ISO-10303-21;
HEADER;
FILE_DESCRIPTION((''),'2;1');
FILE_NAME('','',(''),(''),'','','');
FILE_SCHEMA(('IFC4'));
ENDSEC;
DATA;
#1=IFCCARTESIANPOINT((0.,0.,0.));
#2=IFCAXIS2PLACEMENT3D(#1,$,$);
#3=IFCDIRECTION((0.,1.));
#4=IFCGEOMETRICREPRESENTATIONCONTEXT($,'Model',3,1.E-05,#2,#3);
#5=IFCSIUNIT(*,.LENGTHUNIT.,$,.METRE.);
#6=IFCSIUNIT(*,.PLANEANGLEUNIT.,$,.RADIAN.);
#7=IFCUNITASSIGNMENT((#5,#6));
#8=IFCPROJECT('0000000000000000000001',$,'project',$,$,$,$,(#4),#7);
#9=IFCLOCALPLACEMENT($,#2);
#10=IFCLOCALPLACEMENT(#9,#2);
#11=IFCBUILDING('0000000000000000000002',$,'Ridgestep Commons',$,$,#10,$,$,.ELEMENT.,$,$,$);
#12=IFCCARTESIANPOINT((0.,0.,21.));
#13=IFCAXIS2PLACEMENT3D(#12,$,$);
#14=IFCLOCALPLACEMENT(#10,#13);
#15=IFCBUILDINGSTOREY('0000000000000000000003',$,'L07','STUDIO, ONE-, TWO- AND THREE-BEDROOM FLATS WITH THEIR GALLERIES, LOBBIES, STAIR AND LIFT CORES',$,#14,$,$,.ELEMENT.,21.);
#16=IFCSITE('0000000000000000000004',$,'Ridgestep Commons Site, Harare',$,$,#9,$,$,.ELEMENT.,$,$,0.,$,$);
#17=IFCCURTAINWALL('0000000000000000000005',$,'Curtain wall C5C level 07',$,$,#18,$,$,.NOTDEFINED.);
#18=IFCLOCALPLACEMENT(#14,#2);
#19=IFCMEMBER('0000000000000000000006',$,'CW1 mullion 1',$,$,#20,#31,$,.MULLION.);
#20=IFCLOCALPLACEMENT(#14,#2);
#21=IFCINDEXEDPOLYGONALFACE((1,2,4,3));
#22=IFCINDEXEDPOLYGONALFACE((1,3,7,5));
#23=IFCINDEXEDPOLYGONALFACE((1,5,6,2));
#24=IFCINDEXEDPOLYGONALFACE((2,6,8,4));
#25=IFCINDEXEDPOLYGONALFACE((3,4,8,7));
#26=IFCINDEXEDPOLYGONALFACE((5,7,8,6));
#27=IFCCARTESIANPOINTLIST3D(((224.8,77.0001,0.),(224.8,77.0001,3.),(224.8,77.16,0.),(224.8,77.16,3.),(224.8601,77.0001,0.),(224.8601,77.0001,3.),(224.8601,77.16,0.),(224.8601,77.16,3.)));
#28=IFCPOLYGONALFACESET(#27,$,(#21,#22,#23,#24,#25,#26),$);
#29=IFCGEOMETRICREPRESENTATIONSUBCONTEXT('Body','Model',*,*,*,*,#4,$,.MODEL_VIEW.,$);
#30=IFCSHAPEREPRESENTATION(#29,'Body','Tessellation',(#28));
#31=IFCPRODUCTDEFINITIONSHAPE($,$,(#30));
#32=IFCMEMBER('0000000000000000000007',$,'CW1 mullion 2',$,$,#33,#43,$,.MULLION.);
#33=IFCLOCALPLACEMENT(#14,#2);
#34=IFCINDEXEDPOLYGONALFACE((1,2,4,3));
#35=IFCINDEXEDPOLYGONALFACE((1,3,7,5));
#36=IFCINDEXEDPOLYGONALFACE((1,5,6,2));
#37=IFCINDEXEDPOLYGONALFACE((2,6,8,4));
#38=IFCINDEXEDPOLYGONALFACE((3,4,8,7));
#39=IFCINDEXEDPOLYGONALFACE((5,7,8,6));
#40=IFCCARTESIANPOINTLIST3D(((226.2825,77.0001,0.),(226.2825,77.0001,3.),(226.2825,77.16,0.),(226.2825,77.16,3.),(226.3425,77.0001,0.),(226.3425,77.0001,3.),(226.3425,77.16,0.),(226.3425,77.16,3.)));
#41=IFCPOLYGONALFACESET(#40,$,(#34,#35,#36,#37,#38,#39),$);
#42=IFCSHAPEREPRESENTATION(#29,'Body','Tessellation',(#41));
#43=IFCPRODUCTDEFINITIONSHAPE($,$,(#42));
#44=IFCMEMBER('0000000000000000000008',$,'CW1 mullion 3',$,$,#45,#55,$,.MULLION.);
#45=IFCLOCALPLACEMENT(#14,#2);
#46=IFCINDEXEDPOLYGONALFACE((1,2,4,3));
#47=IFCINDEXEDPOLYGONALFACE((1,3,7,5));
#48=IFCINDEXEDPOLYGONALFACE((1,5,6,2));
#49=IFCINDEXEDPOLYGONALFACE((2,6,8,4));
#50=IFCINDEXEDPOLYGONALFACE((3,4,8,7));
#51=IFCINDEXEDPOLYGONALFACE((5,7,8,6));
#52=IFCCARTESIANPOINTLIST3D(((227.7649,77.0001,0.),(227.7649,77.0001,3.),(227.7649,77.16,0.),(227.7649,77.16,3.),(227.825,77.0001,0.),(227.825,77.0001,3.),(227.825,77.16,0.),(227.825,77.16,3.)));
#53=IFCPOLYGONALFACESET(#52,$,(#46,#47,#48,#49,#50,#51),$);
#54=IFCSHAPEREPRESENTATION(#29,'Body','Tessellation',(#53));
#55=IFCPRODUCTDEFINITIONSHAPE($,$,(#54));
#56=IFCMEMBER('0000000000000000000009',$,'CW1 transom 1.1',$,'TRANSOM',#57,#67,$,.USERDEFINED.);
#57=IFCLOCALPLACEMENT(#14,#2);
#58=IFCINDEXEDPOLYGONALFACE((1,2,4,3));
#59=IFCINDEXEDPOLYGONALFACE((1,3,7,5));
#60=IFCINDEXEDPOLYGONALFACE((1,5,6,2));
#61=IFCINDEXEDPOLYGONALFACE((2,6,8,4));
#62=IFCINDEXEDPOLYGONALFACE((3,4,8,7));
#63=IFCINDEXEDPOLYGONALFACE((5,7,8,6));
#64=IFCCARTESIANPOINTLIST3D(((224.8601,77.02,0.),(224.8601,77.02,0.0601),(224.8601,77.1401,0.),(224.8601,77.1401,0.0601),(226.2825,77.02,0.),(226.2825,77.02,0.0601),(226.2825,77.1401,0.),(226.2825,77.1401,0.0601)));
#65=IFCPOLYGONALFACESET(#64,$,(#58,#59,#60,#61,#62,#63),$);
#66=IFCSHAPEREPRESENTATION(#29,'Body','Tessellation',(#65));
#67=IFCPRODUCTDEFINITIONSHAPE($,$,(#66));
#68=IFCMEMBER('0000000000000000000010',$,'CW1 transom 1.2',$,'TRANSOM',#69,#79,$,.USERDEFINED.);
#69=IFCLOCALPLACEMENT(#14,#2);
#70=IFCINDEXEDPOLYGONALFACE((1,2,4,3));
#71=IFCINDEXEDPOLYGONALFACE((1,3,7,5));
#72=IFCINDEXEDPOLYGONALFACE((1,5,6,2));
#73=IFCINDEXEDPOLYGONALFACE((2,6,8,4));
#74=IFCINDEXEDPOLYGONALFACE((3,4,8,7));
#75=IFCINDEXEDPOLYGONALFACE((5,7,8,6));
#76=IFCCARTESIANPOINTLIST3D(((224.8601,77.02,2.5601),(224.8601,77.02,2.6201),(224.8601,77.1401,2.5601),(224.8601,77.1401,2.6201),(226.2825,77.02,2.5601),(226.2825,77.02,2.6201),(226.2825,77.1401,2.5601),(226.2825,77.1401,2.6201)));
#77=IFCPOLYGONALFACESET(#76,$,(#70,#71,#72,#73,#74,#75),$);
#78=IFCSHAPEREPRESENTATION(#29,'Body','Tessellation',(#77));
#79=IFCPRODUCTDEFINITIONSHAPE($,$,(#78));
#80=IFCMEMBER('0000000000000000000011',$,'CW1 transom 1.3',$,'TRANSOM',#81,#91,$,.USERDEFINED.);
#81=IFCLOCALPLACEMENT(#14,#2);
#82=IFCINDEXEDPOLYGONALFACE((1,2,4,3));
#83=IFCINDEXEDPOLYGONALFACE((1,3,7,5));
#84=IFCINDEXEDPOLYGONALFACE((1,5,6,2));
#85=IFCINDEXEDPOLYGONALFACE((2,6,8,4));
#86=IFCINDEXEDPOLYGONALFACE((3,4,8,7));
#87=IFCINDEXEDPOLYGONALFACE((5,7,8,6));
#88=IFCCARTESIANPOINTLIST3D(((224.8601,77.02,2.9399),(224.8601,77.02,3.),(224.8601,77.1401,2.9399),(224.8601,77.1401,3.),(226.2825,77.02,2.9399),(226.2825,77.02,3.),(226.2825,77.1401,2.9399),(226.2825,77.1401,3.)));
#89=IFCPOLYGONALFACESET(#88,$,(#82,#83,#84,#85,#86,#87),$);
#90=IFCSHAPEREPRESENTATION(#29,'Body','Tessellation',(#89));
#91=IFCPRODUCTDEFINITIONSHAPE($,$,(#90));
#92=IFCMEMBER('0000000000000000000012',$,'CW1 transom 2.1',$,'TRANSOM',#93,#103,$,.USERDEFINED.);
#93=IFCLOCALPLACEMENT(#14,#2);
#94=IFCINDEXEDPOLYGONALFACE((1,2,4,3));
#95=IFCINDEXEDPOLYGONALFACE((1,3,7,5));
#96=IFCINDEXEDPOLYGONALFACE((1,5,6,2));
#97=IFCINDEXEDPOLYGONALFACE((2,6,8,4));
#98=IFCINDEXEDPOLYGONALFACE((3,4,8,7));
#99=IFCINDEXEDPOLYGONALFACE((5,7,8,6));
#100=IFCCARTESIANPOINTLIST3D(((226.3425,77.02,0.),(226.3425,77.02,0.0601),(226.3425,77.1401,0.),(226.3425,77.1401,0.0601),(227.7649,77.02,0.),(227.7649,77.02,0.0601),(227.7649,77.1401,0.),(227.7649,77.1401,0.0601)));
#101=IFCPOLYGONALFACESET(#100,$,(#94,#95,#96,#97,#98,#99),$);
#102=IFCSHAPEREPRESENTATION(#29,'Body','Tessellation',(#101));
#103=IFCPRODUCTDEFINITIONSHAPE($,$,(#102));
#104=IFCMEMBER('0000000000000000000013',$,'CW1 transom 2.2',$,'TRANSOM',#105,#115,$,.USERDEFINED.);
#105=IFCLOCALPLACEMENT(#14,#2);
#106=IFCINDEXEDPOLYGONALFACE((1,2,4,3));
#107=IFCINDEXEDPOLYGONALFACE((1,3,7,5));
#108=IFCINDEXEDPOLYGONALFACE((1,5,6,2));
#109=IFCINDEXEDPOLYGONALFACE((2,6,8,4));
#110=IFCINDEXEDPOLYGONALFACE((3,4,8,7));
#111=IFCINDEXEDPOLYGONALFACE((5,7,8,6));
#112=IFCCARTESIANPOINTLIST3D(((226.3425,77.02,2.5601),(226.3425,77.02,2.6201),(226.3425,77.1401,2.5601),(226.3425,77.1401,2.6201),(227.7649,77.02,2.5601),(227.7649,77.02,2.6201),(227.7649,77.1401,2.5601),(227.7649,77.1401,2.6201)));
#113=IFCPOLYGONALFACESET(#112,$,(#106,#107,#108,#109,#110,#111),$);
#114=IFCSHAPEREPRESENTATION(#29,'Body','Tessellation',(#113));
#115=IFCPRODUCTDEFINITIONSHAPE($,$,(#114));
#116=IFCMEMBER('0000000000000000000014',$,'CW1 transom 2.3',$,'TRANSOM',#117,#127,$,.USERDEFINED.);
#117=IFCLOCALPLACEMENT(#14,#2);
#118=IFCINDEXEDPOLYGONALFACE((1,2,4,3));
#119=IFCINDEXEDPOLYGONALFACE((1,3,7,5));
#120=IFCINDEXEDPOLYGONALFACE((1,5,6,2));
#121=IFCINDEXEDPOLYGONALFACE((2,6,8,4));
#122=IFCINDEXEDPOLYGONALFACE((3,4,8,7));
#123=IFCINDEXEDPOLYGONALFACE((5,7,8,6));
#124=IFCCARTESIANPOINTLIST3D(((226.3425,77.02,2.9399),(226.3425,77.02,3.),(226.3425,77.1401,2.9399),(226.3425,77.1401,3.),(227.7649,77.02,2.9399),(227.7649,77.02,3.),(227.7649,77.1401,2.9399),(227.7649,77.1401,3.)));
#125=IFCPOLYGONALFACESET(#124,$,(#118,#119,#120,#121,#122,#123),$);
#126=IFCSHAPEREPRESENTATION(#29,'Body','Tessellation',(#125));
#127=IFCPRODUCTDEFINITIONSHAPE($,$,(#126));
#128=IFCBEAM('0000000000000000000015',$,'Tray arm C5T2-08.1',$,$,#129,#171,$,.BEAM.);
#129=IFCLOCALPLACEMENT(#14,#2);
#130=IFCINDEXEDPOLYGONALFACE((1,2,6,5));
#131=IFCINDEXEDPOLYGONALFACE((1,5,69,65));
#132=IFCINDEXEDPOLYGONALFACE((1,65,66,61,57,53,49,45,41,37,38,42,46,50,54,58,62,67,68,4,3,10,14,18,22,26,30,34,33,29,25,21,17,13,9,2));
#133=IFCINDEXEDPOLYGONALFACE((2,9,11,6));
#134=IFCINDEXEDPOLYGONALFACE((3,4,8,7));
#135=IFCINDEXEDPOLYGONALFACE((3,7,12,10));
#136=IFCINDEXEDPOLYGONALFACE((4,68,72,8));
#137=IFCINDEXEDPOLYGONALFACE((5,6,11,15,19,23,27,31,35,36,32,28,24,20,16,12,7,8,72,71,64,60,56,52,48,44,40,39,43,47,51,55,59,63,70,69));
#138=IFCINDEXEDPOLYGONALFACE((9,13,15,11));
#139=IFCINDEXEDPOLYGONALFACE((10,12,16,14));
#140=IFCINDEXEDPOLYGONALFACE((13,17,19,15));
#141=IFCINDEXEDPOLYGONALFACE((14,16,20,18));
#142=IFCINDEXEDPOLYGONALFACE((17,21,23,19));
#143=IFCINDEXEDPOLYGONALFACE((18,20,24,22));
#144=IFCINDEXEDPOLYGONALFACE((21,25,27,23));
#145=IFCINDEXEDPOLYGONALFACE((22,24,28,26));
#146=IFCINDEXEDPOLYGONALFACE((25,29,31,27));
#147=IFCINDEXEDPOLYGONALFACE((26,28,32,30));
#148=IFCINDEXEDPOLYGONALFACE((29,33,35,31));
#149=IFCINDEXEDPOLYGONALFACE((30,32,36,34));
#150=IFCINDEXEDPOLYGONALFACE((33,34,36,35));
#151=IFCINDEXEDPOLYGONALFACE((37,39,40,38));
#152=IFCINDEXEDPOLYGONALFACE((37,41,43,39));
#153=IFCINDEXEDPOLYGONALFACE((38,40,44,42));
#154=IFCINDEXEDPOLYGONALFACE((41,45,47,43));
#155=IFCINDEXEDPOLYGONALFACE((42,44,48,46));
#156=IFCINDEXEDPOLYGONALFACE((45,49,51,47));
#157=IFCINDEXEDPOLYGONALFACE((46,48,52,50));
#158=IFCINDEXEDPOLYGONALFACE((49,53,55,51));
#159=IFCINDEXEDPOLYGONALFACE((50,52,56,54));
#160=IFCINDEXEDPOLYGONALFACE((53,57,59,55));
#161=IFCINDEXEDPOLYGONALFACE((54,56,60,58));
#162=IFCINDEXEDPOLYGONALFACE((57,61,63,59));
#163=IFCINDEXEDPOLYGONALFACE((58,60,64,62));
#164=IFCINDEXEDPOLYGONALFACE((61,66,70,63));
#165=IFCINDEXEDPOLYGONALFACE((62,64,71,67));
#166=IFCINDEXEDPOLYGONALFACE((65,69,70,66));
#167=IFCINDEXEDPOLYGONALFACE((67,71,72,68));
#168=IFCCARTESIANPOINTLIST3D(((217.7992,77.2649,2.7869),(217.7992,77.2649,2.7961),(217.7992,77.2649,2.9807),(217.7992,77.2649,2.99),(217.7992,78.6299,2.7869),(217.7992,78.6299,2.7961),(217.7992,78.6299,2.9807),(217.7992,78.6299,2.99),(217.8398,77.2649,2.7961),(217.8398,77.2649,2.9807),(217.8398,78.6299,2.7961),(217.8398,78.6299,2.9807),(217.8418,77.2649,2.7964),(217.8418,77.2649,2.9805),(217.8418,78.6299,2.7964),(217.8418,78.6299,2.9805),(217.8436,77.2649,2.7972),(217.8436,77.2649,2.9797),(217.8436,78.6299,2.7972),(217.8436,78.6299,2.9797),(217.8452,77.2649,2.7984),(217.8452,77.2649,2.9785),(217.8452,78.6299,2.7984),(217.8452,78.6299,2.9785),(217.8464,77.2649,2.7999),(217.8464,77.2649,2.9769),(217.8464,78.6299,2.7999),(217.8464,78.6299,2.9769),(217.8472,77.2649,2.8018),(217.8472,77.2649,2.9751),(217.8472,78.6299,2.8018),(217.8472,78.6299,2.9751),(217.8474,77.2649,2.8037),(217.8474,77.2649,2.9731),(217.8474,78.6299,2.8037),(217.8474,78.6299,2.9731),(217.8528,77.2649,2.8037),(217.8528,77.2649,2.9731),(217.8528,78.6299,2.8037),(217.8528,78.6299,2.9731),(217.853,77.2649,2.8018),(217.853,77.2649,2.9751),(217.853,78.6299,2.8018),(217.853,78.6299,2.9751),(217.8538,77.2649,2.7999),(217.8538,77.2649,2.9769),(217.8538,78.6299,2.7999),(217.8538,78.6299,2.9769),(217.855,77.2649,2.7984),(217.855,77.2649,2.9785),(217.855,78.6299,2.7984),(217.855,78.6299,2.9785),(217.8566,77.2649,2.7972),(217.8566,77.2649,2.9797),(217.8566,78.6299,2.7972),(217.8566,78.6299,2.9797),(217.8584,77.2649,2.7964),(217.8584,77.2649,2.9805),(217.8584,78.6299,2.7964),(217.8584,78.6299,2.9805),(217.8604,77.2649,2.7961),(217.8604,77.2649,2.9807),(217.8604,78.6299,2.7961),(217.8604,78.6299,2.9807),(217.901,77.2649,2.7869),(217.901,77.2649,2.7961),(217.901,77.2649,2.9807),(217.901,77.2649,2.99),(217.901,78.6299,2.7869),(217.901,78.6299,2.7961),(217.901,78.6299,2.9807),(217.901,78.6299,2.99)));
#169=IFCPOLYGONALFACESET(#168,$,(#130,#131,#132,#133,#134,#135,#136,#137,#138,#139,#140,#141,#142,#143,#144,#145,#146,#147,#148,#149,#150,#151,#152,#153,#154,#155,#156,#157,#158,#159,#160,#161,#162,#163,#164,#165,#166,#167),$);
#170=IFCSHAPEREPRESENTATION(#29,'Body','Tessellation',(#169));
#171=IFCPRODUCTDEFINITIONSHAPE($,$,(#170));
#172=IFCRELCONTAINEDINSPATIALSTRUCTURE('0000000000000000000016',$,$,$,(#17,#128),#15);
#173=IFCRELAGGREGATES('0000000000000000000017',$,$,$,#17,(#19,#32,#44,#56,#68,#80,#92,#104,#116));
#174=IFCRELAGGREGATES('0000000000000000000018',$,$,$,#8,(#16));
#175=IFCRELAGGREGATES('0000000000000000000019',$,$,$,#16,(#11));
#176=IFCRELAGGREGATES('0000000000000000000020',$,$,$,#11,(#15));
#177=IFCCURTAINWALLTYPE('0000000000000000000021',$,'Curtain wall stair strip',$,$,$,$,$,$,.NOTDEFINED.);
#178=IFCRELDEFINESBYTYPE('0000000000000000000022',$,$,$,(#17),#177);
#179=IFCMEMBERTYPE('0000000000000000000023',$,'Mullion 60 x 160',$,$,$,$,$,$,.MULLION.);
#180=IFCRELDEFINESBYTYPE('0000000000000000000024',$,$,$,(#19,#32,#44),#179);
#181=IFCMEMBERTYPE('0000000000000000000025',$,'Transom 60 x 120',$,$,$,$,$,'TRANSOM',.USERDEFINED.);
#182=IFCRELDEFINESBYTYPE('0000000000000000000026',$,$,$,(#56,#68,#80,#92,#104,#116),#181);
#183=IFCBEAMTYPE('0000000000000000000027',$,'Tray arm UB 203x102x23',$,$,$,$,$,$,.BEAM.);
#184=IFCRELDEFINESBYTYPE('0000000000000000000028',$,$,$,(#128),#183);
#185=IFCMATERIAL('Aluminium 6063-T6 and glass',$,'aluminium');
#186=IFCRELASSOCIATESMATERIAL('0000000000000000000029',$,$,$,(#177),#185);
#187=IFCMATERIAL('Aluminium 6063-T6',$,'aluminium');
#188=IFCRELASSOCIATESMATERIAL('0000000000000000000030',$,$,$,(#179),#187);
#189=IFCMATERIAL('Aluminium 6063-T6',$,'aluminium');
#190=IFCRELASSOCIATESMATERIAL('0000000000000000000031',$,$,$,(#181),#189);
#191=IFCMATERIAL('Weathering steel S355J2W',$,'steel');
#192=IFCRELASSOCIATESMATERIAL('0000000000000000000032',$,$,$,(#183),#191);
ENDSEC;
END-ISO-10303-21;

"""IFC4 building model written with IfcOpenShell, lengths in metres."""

from ifc_helpers import new_model, si_unit, direction, frame, origin, origin_2d, place, context, subcontext, project, spatial, rectangle, i_section, extrude, material, material_profile, profile_set, type_object, element, aggregate, save


model = new_model("IFC4")

# Units and contexts
model_context = context("Model", 3, precision=1e-05, world=origin(), true_north=direction((0.0, 1.0)))
body_context = subcontext(model_context, "Body", "Model", "MODEL_VIEW")
ifc_project = project(units=[si_unit("LENGTHUNIT", "METRE"), si_unit("PLANEANGLEUNIT", "RADIAN")], contexts=[model_context])

# Site, building, storey
site_placement = place(None, origin())
site = spatial("IfcSite", under=ifc_project, at=site_placement, Name="Ridgestep Commons Site, Harare", CompositionType="ELEMENT", RefElevation=0.0)
building_placement = place(site_placement, origin())
building = spatial("IfcBuilding", under=site, at=building_placement, Name="Ridgestep Commons", CompositionType="ELEMENT")
storey_placement = place(building_placement, frame((0.0, 0.0, 21.0)))
storey = spatial("IfcBuildingStorey", under=building, at=storey_placement, Name="L07", Description="STUDIO, ONE-, TWO- AND THREE-BEDROOM FLATS WITH THEIR GALLERIES, LOBBIES, STAIR AND LIFT CORES", CompositionType="ELEMENT", Elevation=21.0)

# Curtain wall, members
ifc_material_1 = material(Name="Aluminium 6063-T6 and glass", Category="aluminium")
curtain_wall_type = type_object("IfcCurtainWallType", Name="Curtain wall stair strip", PredefinedType="NOTDEFINED", material=ifc_material_1)
curtain_wall_placement = place(storey_placement, origin())
curtain_wall = element("IfcCurtainWall", 1, at=curtain_wall_placement, inside=storey, type_object=curtain_wall_type, Name="Curtain wall C5C level 07", PredefinedType="NOTDEFINED")
ifc_material_2 = material(Name="Aluminium 6063-T6", Category="aluminium")
ifc_material_profile_1 = material_profile(ifc_material_2, rectangle(XDim=0.1599, YDim=0.0601, at=origin_2d()), Name="Mullion 60 x 160")
ifc_profile_set_1 = profile_set([ifc_material_profile_1], Name="Aluminium 6063-T6")
member_type_1 = type_object("IfcMemberType", Name="Mullion 60 x 160", PredefinedType="MULLION", material=ifc_profile_set_1)
member_1_placement = place(storey_placement, frame((224.8301, 77.0801, 0.0), z_axis=(0.0, 0.0, 1.0), x_axis=(0.0, 1.0, 0.0)))
member_1 = element("IfcMember", 2, at=member_1_placement, type_object=member_type_1, Name="CW1 mullion 1", PredefinedType="MULLION", context=body_context, shape_type="SweptSolid", body=[
    extrude(rectangle(XDim=0.1599, YDim=0.0601, at=origin_2d()), origin(), (0.0, 0.0, 1.0), 3.0),
])
member_2_placement = place(storey_placement, frame((226.3125, 77.0801, 0.0), z_axis=(0.0, 0.0, 1.0), x_axis=(0.0, 1.0, 0.0)))
member_2 = element("IfcMember", 3, at=member_2_placement, type_object=member_type_1, Name="CW1 mullion 2", PredefinedType="MULLION", context=body_context, shape_type="SweptSolid", body=[
    extrude(rectangle(XDim=0.1599, YDim=0.0601, at=origin_2d()), origin(), (0.0, 0.0, 1.0), 3.0),
])
member_3_placement = place(storey_placement, frame((227.7949, 77.0801, 0.0), z_axis=(0.0, 0.0, 1.0), x_axis=(0.0, 1.0, 0.0)))
member_3 = element("IfcMember", 4, at=member_3_placement, type_object=member_type_1, Name="CW1 mullion 3", PredefinedType="MULLION", context=body_context, shape_type="SweptSolid", body=[
    extrude(rectangle(XDim=0.1599, YDim=0.0601, at=origin_2d()), origin(), (0.0, 0.0, 1.0), 3.0),
])
ifc_material_3 = material(Name="Aluminium 6063-T6", Category="aluminium")
ifc_material_profile_2 = material_profile(ifc_material_3, rectangle(XDim=0.1201, YDim=0.0601, at=origin_2d()), Name="Transom 60 x 120")
ifc_profile_set_2 = profile_set([ifc_material_profile_2], Name="Aluminium 6063-T6")
member_type_2 = type_object("IfcMemberType", Name="Transom 60 x 120", ElementType="TRANSOM", PredefinedType="USERDEFINED", material=ifc_profile_set_2)
member_4_placement = place(storey_placement, frame((224.8601, 77.0801, 0.03), z_axis=(1.0, 0.0, 0.0), x_axis=(0.0, 1.0, 0.0)))
member_4 = element("IfcMember", 5, at=member_4_placement, type_object=member_type_2, Name="CW1 transom 1.1", ObjectType="TRANSOM", PredefinedType="USERDEFINED", context=body_context, shape_type="SweptSolid", body=[
    extrude(rectangle(XDim=0.1201, YDim=0.0601, at=origin_2d()), origin(), (0.0, 0.0, 1.0), 1.4224),
])
member_5_placement = place(storey_placement, frame((224.8601, 77.0801, 2.5901), z_axis=(1.0, 0.0, 0.0), x_axis=(0.0, 1.0, 0.0)))
member_5 = element("IfcMember", 6, at=member_5_placement, type_object=member_type_2, Name="CW1 transom 1.2", ObjectType="TRANSOM", PredefinedType="USERDEFINED", context=body_context, shape_type="SweptSolid", body=[
    extrude(rectangle(XDim=0.1201, YDim=0.0601, at=origin_2d()), origin(), (0.0, 0.0, 1.0), 1.4224),
])
member_6_placement = place(storey_placement, frame((224.8601, 77.0801, 2.97), z_axis=(1.0, 0.0, 0.0), x_axis=(0.0, 1.0, 0.0)))
member_6 = element("IfcMember", 7, at=member_6_placement, type_object=member_type_2, Name="CW1 transom 1.3", ObjectType="TRANSOM", PredefinedType="USERDEFINED", context=body_context, shape_type="SweptSolid", body=[
    extrude(rectangle(XDim=0.1201, YDim=0.0601, at=origin_2d()), origin(), (0.0, 0.0, 1.0), 1.4224),
])
member_7_placement = place(storey_placement, frame((226.3425, 77.0801, 0.03), z_axis=(1.0, 0.0, 0.0), x_axis=(0.0, 1.0, 0.0)))
member_7 = element("IfcMember", 8, at=member_7_placement, type_object=member_type_2, Name="CW1 transom 2.1", ObjectType="TRANSOM", PredefinedType="USERDEFINED", context=body_context, shape_type="SweptSolid", body=[
    extrude(rectangle(XDim=0.1201, YDim=0.0601, at=origin_2d()), origin(), (0.0, 0.0, 1.0), 1.4224),
])
member_8_placement = place(storey_placement, frame((226.3425, 77.0801, 2.5901), z_axis=(1.0, 0.0, 0.0), x_axis=(0.0, 1.0, 0.0)))
member_8 = element("IfcMember", 9, at=member_8_placement, type_object=member_type_2, Name="CW1 transom 2.2", ObjectType="TRANSOM", PredefinedType="USERDEFINED", context=body_context, shape_type="SweptSolid", body=[
    extrude(rectangle(XDim=0.1201, YDim=0.0601, at=origin_2d()), origin(), (0.0, 0.0, 1.0), 1.4224),
])
member_9_placement = place(storey_placement, frame((226.3425, 77.0801, 2.97), z_axis=(1.0, 0.0, 0.0), x_axis=(0.0, 1.0, 0.0)))
member_9 = element("IfcMember", 10, at=member_9_placement, type_object=member_type_2, Name="CW1 transom 2.3", ObjectType="TRANSOM", PredefinedType="USERDEFINED", context=body_context, shape_type="SweptSolid", body=[
    extrude(rectangle(XDim=0.1201, YDim=0.0601, at=origin_2d()), origin(), (0.0, 0.0, 1.0), 1.4224),
])

# Beam
ifc_material_4 = material(Name="Weathering steel S355J2W", Category="steel")
ifc_material_profile_3 = material_profile(ifc_material_4, i_section(OverallWidth=0.1018, OverallDepth=0.2031, WebThickness=0.0054, FlangeThickness=0.0093, FilletRadius=0.0076, at=origin_2d()), Name="UB 203x102x23")
ifc_profile_set_3 = profile_set([ifc_material_profile_3], Name="Weathering steel S355J2W")
beam_type_1 = type_object("IfcBeamType", Name="Tray arm UB 203x102x23", PredefinedType="BEAM", material=ifc_profile_set_3)
for number, where, z_axis, x_axis, name in (
    (11, (217.8501, 77.2649, 2.8884), (0.0, 1.0, 0.0), (-1.0, 0.0, 0.0), "Tray arm C5T2-08.1"),
):
    element("IfcBeam", number, at=place(storey_placement, frame(where, z_axis=z_axis, x_axis=x_axis)), inside=storey, type_object=beam_type_1, Name=name, PredefinedType="BEAM", context=body_context, shape_type="SweptSolid", body=[
        extrude(i_section(OverallWidth=0.1018, OverallDepth=0.2031, WebThickness=0.0054, FlangeThickness=0.0093, FilletRadius=0.0076, at=origin_2d()), origin(), (0.0, 0.0, 1.0), 1.365),
    ])

aggregate(curtain_wall, [member_1, member_2, member_3, member_4, member_5, member_6, member_7, member_8, member_9])

save(model, "model.ifc")
